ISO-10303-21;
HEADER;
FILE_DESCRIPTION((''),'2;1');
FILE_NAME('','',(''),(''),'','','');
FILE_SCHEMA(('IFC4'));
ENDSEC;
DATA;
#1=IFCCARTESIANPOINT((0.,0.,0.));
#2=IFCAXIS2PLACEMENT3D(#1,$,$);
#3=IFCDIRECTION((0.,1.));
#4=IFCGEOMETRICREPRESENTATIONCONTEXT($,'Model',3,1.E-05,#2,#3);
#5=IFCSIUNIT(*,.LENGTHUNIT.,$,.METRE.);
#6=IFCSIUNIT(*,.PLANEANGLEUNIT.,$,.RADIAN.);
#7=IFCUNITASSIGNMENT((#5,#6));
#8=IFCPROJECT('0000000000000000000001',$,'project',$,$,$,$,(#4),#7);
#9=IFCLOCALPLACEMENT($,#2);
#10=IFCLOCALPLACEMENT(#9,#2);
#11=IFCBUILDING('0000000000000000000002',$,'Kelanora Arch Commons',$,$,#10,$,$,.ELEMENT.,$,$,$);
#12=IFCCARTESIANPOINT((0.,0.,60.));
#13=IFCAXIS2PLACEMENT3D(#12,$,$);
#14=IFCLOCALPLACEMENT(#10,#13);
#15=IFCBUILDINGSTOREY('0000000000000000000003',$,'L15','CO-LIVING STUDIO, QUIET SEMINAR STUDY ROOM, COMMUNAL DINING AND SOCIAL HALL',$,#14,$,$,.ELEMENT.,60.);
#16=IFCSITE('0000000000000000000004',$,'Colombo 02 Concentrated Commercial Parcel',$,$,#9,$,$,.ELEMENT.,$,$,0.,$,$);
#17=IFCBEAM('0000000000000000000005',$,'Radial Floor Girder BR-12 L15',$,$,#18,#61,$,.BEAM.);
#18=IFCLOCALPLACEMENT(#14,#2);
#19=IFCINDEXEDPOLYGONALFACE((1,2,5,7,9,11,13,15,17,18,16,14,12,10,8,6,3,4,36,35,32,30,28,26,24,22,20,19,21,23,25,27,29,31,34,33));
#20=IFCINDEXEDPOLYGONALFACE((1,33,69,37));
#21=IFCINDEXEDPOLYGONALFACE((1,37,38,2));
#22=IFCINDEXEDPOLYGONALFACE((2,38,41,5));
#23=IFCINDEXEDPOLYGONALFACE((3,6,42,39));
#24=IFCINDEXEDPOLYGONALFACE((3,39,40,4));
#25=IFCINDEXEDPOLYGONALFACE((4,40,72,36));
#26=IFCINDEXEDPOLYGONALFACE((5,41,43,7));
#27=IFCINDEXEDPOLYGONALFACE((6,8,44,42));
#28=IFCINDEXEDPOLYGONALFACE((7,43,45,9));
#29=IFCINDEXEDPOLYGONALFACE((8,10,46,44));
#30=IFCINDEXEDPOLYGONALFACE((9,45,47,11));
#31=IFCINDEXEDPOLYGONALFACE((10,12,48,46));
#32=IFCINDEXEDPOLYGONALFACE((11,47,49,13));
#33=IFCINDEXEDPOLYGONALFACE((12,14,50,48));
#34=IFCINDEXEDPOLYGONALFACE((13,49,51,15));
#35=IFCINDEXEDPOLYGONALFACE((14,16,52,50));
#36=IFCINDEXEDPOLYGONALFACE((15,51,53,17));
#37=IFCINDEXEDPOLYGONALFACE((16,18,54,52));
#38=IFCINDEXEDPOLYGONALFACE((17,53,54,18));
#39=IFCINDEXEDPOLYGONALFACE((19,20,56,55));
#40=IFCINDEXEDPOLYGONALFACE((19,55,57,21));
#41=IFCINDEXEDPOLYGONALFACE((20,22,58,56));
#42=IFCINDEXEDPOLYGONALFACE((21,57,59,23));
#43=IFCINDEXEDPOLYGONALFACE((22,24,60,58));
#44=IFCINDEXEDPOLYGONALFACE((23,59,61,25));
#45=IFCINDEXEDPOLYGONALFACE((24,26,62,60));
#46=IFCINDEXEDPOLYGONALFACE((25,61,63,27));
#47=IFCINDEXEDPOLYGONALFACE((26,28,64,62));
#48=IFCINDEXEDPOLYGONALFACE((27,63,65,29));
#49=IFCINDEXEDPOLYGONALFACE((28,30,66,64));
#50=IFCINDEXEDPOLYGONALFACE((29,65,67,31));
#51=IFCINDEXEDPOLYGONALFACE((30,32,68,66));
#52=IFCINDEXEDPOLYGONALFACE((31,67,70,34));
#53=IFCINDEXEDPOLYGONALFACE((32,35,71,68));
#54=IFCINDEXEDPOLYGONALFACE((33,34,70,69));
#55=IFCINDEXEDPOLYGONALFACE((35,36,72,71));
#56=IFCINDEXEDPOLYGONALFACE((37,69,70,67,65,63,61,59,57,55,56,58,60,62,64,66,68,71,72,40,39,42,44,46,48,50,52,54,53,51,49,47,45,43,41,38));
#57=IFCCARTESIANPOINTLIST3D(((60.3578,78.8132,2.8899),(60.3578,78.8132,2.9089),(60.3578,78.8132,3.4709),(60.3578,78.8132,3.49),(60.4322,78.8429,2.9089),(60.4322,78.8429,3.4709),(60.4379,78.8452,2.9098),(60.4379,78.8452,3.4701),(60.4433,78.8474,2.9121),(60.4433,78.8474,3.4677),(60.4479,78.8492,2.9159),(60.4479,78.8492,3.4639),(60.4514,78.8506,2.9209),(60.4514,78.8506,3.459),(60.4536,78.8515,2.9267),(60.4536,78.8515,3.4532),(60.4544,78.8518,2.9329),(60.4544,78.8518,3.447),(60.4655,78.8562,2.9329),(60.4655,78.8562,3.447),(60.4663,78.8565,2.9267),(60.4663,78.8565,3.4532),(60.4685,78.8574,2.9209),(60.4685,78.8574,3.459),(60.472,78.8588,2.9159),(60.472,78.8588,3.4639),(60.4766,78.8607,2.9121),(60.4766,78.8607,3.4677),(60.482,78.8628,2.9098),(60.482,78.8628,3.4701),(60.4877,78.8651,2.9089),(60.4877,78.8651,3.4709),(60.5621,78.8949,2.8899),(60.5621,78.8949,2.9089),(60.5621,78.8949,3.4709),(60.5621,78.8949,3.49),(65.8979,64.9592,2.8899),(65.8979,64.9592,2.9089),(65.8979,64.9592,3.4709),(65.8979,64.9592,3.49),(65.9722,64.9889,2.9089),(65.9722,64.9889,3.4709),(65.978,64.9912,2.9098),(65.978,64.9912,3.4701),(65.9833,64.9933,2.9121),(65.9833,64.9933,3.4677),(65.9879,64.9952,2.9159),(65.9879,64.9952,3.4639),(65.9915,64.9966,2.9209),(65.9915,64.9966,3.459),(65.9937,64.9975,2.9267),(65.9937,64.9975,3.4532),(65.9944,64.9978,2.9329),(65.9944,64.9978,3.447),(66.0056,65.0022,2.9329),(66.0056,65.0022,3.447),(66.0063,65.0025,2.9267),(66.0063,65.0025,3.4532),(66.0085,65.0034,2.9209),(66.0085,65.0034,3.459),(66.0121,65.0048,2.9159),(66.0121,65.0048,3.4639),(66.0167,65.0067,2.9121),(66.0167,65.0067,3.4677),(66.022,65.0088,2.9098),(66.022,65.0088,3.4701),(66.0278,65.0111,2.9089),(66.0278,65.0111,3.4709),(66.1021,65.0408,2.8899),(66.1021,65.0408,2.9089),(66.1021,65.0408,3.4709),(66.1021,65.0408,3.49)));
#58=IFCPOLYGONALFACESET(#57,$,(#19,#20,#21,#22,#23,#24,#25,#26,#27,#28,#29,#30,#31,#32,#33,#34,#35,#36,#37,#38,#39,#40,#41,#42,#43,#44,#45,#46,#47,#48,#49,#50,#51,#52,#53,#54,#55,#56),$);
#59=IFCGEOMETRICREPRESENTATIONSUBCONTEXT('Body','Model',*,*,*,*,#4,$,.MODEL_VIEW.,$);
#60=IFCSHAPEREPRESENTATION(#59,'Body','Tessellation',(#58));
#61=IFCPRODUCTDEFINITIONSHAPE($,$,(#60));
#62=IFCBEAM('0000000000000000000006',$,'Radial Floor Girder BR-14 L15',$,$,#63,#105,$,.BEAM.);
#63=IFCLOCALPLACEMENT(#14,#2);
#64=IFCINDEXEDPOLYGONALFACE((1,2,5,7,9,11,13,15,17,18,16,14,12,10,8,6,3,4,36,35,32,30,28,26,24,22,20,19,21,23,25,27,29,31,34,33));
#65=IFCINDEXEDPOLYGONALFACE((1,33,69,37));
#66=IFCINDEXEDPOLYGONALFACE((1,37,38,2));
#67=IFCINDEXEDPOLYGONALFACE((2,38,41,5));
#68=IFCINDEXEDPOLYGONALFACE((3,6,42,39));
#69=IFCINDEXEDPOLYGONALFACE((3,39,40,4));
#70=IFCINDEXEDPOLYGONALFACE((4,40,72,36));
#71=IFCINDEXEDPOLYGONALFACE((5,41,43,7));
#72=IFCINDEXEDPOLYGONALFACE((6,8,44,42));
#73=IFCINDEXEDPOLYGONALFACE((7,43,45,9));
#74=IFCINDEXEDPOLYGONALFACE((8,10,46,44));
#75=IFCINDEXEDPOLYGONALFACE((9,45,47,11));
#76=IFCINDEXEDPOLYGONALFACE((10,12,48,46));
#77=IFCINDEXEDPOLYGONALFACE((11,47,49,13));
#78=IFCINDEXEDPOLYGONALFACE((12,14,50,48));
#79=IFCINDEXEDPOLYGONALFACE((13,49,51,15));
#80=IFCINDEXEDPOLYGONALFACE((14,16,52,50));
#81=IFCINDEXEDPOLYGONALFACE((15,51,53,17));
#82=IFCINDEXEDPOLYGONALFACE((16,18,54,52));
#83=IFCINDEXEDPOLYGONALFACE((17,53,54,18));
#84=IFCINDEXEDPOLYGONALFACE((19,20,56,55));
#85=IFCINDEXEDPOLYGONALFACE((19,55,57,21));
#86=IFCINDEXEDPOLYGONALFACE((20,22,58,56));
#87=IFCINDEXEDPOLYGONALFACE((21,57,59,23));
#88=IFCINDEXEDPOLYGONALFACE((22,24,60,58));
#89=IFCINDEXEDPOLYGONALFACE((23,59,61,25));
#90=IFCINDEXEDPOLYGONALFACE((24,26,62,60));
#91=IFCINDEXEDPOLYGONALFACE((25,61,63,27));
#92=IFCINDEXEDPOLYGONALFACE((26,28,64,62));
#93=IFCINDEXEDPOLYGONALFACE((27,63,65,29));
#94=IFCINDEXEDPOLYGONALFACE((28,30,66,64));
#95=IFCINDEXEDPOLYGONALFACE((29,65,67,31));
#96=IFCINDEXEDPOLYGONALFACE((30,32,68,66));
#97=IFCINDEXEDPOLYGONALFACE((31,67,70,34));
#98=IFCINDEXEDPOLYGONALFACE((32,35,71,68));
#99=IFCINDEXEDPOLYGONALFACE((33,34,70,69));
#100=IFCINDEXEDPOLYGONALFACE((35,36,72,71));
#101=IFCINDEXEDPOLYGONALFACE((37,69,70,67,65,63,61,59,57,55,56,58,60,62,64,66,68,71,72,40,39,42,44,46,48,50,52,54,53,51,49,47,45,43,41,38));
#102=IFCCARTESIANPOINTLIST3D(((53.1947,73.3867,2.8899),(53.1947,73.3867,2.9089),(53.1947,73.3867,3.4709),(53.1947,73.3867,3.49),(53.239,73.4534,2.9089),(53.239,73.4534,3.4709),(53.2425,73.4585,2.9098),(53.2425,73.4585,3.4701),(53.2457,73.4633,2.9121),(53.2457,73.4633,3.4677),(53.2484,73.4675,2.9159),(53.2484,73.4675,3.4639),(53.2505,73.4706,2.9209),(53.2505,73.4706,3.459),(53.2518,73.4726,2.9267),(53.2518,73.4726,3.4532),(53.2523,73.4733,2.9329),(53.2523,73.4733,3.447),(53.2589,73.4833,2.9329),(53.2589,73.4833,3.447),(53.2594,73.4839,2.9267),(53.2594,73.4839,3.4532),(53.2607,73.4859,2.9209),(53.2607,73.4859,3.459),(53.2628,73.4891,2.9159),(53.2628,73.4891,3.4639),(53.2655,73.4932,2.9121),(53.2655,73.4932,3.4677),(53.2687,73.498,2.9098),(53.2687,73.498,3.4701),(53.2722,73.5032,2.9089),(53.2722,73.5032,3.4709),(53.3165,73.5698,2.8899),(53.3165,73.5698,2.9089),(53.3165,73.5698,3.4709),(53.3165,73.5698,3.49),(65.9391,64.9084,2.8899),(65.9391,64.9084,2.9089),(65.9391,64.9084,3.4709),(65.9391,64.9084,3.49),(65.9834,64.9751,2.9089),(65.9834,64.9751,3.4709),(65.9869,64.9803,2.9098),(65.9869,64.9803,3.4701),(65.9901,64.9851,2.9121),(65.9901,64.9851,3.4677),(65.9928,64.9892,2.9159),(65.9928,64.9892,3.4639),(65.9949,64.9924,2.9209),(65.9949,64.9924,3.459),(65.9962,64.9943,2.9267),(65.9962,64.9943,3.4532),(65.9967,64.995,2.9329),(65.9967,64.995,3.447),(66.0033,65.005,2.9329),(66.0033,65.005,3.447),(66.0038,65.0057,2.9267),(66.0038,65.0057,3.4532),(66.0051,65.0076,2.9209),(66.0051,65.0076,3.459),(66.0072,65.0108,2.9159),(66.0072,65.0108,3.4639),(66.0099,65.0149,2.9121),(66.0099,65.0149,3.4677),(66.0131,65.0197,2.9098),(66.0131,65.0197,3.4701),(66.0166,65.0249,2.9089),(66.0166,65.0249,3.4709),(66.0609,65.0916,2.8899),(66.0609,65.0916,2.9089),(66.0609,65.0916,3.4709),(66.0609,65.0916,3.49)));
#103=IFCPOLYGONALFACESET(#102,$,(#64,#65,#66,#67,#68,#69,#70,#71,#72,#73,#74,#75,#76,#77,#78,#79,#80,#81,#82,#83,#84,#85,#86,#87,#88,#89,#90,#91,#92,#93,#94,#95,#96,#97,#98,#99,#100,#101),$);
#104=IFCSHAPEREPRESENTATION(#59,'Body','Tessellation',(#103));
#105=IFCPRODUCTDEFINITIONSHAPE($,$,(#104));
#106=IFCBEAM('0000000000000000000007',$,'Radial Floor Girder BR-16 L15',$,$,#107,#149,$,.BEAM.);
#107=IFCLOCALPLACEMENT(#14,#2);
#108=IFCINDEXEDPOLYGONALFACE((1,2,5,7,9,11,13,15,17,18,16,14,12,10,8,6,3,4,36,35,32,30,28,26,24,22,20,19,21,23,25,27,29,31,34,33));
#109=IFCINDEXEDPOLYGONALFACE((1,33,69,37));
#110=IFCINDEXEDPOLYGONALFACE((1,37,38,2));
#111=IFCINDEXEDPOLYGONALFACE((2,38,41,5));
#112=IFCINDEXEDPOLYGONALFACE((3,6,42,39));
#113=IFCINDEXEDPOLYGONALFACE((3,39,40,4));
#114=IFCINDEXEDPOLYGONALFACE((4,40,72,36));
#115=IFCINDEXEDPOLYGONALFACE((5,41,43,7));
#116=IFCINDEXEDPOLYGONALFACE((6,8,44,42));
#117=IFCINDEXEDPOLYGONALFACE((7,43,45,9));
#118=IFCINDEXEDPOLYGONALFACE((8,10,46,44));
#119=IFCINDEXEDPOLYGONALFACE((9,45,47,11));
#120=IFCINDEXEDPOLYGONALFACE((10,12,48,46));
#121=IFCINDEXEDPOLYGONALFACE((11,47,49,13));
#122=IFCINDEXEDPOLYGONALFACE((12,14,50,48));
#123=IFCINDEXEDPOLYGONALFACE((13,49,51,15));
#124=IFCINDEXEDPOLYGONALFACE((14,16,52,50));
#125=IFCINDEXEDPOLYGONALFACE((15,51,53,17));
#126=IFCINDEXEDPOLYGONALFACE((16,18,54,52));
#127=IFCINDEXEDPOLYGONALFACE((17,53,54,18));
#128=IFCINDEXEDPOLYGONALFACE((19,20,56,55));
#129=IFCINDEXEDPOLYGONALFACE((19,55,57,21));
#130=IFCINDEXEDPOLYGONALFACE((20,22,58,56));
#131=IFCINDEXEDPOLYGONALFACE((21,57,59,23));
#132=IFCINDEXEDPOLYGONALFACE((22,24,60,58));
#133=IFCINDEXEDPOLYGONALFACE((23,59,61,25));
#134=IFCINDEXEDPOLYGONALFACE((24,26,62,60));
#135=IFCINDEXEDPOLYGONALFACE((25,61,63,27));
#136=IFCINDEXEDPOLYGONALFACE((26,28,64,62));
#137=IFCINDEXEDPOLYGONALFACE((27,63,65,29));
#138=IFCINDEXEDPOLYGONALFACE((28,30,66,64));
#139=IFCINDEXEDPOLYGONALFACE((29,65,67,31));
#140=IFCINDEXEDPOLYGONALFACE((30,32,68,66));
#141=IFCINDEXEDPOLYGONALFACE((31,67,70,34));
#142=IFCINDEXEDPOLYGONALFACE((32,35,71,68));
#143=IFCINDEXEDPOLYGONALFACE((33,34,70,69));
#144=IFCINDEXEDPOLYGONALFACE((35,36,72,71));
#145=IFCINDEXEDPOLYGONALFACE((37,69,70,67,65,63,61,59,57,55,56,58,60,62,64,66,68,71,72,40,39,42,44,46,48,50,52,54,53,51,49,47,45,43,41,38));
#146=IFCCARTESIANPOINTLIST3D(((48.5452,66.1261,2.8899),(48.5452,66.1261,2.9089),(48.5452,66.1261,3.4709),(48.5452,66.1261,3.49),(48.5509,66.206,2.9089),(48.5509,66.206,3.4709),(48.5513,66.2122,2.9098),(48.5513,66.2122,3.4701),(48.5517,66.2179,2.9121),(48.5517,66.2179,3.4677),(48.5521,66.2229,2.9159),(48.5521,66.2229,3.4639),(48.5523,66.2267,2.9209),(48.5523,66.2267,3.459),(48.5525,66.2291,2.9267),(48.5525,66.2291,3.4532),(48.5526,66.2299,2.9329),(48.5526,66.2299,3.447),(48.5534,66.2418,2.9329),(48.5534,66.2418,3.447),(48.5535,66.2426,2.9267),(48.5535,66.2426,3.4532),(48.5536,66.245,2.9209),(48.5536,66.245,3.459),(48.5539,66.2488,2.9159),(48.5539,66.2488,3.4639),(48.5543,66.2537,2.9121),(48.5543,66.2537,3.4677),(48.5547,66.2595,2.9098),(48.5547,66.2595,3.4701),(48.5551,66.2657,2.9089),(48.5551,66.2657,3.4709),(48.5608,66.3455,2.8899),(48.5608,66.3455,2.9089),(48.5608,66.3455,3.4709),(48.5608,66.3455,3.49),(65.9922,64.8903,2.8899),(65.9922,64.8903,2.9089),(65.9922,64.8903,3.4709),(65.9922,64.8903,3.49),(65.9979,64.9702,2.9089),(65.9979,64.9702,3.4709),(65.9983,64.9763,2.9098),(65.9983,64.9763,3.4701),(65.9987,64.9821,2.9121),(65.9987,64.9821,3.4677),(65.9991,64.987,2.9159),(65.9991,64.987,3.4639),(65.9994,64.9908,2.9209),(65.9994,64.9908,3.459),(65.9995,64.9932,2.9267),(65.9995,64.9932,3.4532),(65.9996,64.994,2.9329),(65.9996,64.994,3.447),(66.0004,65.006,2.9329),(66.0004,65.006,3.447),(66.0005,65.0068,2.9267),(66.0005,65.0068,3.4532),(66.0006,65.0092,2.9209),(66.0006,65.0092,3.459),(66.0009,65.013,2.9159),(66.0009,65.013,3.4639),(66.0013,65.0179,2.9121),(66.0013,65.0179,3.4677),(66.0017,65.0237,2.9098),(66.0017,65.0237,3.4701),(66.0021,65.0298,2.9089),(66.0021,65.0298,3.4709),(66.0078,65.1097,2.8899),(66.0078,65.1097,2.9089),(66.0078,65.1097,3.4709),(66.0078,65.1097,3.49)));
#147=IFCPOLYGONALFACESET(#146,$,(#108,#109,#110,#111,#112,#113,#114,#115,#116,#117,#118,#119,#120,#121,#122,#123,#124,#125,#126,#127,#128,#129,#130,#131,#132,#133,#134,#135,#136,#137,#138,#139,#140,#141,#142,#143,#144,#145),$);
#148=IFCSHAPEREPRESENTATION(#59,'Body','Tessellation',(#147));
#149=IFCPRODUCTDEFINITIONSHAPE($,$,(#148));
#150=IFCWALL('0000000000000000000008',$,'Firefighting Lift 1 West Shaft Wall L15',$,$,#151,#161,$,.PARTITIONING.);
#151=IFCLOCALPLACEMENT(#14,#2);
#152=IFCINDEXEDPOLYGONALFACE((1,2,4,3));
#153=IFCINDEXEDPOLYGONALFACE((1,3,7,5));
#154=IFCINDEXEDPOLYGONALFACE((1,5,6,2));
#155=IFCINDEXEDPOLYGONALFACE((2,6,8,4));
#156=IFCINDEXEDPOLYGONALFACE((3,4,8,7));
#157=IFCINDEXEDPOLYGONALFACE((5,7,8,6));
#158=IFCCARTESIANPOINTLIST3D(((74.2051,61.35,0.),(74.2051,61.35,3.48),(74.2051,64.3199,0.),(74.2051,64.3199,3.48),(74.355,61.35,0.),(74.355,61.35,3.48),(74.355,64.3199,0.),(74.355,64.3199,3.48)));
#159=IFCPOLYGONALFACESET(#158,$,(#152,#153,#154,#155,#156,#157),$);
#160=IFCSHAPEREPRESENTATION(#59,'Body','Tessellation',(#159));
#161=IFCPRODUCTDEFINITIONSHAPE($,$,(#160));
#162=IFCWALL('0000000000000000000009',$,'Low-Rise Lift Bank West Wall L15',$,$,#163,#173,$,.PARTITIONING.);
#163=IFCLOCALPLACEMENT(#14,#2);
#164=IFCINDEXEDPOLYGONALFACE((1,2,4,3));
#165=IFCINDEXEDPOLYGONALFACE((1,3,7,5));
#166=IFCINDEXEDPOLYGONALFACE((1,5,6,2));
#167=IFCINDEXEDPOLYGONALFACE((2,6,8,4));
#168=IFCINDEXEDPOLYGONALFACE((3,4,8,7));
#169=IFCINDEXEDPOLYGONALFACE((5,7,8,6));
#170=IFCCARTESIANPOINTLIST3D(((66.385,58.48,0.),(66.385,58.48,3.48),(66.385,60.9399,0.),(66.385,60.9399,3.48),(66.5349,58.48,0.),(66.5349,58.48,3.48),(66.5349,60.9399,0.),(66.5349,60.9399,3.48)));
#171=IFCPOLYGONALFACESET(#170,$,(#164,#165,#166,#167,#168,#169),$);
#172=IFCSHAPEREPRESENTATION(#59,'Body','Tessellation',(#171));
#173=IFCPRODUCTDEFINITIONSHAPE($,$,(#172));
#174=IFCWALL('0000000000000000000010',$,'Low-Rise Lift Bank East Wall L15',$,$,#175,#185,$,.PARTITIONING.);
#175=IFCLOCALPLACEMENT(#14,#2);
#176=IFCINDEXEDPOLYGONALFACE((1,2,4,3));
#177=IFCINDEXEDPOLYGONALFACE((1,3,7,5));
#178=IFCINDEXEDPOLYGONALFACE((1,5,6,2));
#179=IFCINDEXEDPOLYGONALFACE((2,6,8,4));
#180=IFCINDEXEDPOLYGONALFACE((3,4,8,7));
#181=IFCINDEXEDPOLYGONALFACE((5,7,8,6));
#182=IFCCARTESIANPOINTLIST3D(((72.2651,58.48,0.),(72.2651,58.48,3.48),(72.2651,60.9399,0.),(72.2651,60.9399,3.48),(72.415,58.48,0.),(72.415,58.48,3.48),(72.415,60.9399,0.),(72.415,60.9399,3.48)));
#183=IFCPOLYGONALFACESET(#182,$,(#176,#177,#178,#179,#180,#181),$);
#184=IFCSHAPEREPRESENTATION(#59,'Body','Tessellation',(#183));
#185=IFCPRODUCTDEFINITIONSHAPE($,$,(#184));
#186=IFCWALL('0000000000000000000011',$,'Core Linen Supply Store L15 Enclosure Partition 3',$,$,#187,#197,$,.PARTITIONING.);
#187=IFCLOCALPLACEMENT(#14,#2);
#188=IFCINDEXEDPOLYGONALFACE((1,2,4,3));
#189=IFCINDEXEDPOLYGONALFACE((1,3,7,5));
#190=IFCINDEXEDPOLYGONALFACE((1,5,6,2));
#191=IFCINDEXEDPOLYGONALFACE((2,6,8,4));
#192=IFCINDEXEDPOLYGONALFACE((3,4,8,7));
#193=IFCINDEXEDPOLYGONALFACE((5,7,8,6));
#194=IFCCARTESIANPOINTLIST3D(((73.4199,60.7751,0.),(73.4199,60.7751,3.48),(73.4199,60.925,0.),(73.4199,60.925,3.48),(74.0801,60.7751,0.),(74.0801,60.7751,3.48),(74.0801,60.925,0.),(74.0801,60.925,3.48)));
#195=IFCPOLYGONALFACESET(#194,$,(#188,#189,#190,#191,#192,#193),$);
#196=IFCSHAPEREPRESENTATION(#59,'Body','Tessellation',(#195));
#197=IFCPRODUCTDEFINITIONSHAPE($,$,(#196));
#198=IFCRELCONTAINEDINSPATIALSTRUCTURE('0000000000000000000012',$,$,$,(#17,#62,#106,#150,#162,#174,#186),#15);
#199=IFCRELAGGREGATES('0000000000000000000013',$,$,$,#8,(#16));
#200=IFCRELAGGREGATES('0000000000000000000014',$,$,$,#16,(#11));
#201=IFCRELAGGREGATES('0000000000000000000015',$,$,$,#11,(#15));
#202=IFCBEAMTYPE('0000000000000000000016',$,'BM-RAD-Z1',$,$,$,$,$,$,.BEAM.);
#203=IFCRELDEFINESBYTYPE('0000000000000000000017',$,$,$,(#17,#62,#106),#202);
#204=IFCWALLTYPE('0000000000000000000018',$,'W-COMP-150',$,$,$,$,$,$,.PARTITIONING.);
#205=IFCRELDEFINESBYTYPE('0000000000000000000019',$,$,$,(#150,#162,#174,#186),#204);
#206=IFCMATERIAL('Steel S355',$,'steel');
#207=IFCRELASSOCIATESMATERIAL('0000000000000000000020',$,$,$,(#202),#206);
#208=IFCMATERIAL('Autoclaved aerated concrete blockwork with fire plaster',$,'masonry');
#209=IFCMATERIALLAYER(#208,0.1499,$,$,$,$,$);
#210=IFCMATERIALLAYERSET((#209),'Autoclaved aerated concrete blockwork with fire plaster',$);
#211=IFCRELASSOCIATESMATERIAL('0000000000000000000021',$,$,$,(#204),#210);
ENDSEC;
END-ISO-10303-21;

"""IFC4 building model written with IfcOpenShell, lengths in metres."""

from ifc_helpers import new_model, si_unit, direction, frame, frame_2d, origin, origin_2d, place, context, subcontext, project, spatial, rectangle, i_section, extrude, material, layer, layer_set, material_profile, profile_set, type_object, element, save


model = new_model("IFC4")

# Units and contexts
model_context = context("Model", 3, precision=1e-05, world=origin(), true_north=direction((0.0, 1.0)))
body_context = subcontext(model_context, "Body", "Model", "MODEL_VIEW")
ifc_project = project(units=[si_unit("LENGTHUNIT", "METRE"), si_unit("PLANEANGLEUNIT", "RADIAN")], contexts=[model_context])

# Site, building, storey
site_placement = place(None, origin())
site = spatial("IfcSite", under=ifc_project, at=site_placement, Name="Colombo 02 Concentrated Commercial Parcel", CompositionType="ELEMENT", RefElevation=0.0)
building_placement = place(site_placement, origin())
building = spatial("IfcBuilding", under=site, at=building_placement, Name="Kelanora Arch Commons", CompositionType="ELEMENT")
storey_placement = place(building_placement, frame((0.0, 0.0, 60.0)))
storey = spatial("IfcBuildingStorey", under=building, at=storey_placement, Name="L15", Description="CO-LIVING STUDIO, QUIET SEMINAR STUDY ROOM, COMMUNAL DINING AND SOCIAL HALL", CompositionType="ELEMENT", Elevation=60.0)

# Beams
ifc_material_1 = material(Name="Steel S355", Category="steel")
ifc_material_profile_1 = material_profile(ifc_material_1, i_section(OverallWidth=0.22, OverallDepth=0.6001, WebThickness=0.012, FlangeThickness=0.019, FilletRadius=0.0239, at=origin_2d()), Name="IPE600")
ifc_profile_set_1 = profile_set([ifc_material_profile_1], Name="Steel S355")
beam_type_1 = type_object("IfcBeamType", Name="BM-RAD-Z1", PredefinedType="BEAM", material=ifc_profile_set_1)
beam_1_placement = place(storey_placement, frame((66.0, 65.0, 3.1899), z_axis=(-0.3713, 0.928513, 0.0), x_axis=(-0.928513, -0.3713, 0.0)))
element("IfcBeam", 1, at=beam_1_placement, inside=storey, type_object=beam_type_1, Name="Radial Floor Girder BR-12 L15", PredefinedType="BEAM", context=body_context, shape_type="SweptSolid", body=[
    extrude(i_section(OverallWidth=0.22, OverallDepth=0.6001, WebThickness=0.012, FlangeThickness=0.019, FilletRadius=0.0239, at=origin_2d()), origin(), (0.0, 0.0, 1.0), 14.9207),
])
beam_2_placement = place(storey_placement, frame((66.0, 65.0, 3.1899), z_axis=(-0.832592, 0.553886, 0.0), x_axis=(-0.553886, -0.832592, 0.0)))
element("IfcBeam", 2, at=beam_2_placement, inside=storey, type_object=beam_type_1, Name="Radial Floor Girder BR-14 L15", PredefinedType="BEAM", context=body_context, shape_type="SweptSolid", body=[
    extrude(i_section(OverallWidth=0.22, OverallDepth=0.6001, WebThickness=0.012, FlangeThickness=0.019, FilletRadius=0.0239, at=origin_2d()), origin(), (0.0, 0.0, 1.0), 15.3069),
])
beam_3_placement = place(storey_placement, frame((66.0, 65.0, 3.1899), z_axis=(-0.997501, 0.070657, 0.0), x_axis=(-0.070657, -0.997501, 0.0)))
element("IfcBeam", 3, at=beam_3_placement, inside=storey, type_object=beam_type_1, Name="Radial Floor Girder BR-16 L15", PredefinedType="BEAM", context=body_context, shape_type="SweptSolid", body=[
    extrude(i_section(OverallWidth=0.22, OverallDepth=0.6001, WebThickness=0.012, FlangeThickness=0.019, FilletRadius=0.0239, at=origin_2d()), origin(), (0.0, 0.0, 1.0), 17.4907),
])

# Walls
ifc_material_2 = material(Name="Autoclaved aerated concrete blockwork with fire plaster", Category="masonry")
ifc_layer_1 = layer(ifc_material_2, 0.1499)
ifc_layer_set_1 = layer_set([ifc_layer_1], Name="Autoclaved aerated concrete blockwork with fire plaster")
wall_type_1 = type_object("IfcWallType", Name="W-COMP-150", PredefinedType="PARTITIONING", material=ifc_layer_set_1)
wall_1_placement = place(storey_placement, frame((74.28, 61.3501, 0.0), z_axis=(0.0, 0.0, 1.0), x_axis=(0.0, 1.0, 0.0)))
element("IfcWall", 4, at=wall_1_placement, inside=storey, type_object=wall_type_1, Name="Firefighting Lift 1 West Shaft Wall L15", PredefinedType="PARTITIONING", context=body_context, shape_type="SweptSolid", body=[
    extrude(rectangle(XDim=2.97, YDim=0.1499, at=frame_2d((1.4849, 0.0))), origin(), (0.0, 0.0, 1.0), 3.48),
])
for number, where, z_axis, x_axis, name in (
    (5, (66.46, 58.48, 0.0), (0.0, 0.0, 1.0), (0.0, 1.0, 0.0), "Low-Rise Lift Bank West Wall L15"),
    (6, (72.3401, 58.48, 0.0), (0.0, 0.0, 1.0), (0.0, 1.0, 0.0), "Low-Rise Lift Bank East Wall L15"),
):
    element("IfcWall", number, at=place(storey_placement, frame(where, z_axis=z_axis, x_axis=x_axis)), inside=storey, type_object=wall_type_1, Name=name, PredefinedType="PARTITIONING", context=body_context, shape_type="SweptSolid", body=[
        extrude(rectangle(XDim=2.46, YDim=0.1499, at=frame_2d((1.23, 0.0))), origin(), (0.0, 0.0, 1.0), 3.48),
    ])
wall_2_placement = place(storey_placement, frame((74.0801, 60.8501, 0.0), z_axis=(0.0, 0.0, 1.0), x_axis=(-1.0, 0.0, 0.0)))
element("IfcWall", 7, at=wall_2_placement, inside=storey, type_object=wall_type_1, Name="Core Linen Supply Store L15 Enclosure Partition 3", PredefinedType="PARTITIONING", context=body_context, shape_type="SweptSolid", body=[
    extrude(rectangle(XDim=0.6602, YDim=0.1499, at=frame_2d((0.3301, 0.0))), origin(), (0.0, 0.0, 1.0), 3.48),
])

save(model, "model.ifc")
